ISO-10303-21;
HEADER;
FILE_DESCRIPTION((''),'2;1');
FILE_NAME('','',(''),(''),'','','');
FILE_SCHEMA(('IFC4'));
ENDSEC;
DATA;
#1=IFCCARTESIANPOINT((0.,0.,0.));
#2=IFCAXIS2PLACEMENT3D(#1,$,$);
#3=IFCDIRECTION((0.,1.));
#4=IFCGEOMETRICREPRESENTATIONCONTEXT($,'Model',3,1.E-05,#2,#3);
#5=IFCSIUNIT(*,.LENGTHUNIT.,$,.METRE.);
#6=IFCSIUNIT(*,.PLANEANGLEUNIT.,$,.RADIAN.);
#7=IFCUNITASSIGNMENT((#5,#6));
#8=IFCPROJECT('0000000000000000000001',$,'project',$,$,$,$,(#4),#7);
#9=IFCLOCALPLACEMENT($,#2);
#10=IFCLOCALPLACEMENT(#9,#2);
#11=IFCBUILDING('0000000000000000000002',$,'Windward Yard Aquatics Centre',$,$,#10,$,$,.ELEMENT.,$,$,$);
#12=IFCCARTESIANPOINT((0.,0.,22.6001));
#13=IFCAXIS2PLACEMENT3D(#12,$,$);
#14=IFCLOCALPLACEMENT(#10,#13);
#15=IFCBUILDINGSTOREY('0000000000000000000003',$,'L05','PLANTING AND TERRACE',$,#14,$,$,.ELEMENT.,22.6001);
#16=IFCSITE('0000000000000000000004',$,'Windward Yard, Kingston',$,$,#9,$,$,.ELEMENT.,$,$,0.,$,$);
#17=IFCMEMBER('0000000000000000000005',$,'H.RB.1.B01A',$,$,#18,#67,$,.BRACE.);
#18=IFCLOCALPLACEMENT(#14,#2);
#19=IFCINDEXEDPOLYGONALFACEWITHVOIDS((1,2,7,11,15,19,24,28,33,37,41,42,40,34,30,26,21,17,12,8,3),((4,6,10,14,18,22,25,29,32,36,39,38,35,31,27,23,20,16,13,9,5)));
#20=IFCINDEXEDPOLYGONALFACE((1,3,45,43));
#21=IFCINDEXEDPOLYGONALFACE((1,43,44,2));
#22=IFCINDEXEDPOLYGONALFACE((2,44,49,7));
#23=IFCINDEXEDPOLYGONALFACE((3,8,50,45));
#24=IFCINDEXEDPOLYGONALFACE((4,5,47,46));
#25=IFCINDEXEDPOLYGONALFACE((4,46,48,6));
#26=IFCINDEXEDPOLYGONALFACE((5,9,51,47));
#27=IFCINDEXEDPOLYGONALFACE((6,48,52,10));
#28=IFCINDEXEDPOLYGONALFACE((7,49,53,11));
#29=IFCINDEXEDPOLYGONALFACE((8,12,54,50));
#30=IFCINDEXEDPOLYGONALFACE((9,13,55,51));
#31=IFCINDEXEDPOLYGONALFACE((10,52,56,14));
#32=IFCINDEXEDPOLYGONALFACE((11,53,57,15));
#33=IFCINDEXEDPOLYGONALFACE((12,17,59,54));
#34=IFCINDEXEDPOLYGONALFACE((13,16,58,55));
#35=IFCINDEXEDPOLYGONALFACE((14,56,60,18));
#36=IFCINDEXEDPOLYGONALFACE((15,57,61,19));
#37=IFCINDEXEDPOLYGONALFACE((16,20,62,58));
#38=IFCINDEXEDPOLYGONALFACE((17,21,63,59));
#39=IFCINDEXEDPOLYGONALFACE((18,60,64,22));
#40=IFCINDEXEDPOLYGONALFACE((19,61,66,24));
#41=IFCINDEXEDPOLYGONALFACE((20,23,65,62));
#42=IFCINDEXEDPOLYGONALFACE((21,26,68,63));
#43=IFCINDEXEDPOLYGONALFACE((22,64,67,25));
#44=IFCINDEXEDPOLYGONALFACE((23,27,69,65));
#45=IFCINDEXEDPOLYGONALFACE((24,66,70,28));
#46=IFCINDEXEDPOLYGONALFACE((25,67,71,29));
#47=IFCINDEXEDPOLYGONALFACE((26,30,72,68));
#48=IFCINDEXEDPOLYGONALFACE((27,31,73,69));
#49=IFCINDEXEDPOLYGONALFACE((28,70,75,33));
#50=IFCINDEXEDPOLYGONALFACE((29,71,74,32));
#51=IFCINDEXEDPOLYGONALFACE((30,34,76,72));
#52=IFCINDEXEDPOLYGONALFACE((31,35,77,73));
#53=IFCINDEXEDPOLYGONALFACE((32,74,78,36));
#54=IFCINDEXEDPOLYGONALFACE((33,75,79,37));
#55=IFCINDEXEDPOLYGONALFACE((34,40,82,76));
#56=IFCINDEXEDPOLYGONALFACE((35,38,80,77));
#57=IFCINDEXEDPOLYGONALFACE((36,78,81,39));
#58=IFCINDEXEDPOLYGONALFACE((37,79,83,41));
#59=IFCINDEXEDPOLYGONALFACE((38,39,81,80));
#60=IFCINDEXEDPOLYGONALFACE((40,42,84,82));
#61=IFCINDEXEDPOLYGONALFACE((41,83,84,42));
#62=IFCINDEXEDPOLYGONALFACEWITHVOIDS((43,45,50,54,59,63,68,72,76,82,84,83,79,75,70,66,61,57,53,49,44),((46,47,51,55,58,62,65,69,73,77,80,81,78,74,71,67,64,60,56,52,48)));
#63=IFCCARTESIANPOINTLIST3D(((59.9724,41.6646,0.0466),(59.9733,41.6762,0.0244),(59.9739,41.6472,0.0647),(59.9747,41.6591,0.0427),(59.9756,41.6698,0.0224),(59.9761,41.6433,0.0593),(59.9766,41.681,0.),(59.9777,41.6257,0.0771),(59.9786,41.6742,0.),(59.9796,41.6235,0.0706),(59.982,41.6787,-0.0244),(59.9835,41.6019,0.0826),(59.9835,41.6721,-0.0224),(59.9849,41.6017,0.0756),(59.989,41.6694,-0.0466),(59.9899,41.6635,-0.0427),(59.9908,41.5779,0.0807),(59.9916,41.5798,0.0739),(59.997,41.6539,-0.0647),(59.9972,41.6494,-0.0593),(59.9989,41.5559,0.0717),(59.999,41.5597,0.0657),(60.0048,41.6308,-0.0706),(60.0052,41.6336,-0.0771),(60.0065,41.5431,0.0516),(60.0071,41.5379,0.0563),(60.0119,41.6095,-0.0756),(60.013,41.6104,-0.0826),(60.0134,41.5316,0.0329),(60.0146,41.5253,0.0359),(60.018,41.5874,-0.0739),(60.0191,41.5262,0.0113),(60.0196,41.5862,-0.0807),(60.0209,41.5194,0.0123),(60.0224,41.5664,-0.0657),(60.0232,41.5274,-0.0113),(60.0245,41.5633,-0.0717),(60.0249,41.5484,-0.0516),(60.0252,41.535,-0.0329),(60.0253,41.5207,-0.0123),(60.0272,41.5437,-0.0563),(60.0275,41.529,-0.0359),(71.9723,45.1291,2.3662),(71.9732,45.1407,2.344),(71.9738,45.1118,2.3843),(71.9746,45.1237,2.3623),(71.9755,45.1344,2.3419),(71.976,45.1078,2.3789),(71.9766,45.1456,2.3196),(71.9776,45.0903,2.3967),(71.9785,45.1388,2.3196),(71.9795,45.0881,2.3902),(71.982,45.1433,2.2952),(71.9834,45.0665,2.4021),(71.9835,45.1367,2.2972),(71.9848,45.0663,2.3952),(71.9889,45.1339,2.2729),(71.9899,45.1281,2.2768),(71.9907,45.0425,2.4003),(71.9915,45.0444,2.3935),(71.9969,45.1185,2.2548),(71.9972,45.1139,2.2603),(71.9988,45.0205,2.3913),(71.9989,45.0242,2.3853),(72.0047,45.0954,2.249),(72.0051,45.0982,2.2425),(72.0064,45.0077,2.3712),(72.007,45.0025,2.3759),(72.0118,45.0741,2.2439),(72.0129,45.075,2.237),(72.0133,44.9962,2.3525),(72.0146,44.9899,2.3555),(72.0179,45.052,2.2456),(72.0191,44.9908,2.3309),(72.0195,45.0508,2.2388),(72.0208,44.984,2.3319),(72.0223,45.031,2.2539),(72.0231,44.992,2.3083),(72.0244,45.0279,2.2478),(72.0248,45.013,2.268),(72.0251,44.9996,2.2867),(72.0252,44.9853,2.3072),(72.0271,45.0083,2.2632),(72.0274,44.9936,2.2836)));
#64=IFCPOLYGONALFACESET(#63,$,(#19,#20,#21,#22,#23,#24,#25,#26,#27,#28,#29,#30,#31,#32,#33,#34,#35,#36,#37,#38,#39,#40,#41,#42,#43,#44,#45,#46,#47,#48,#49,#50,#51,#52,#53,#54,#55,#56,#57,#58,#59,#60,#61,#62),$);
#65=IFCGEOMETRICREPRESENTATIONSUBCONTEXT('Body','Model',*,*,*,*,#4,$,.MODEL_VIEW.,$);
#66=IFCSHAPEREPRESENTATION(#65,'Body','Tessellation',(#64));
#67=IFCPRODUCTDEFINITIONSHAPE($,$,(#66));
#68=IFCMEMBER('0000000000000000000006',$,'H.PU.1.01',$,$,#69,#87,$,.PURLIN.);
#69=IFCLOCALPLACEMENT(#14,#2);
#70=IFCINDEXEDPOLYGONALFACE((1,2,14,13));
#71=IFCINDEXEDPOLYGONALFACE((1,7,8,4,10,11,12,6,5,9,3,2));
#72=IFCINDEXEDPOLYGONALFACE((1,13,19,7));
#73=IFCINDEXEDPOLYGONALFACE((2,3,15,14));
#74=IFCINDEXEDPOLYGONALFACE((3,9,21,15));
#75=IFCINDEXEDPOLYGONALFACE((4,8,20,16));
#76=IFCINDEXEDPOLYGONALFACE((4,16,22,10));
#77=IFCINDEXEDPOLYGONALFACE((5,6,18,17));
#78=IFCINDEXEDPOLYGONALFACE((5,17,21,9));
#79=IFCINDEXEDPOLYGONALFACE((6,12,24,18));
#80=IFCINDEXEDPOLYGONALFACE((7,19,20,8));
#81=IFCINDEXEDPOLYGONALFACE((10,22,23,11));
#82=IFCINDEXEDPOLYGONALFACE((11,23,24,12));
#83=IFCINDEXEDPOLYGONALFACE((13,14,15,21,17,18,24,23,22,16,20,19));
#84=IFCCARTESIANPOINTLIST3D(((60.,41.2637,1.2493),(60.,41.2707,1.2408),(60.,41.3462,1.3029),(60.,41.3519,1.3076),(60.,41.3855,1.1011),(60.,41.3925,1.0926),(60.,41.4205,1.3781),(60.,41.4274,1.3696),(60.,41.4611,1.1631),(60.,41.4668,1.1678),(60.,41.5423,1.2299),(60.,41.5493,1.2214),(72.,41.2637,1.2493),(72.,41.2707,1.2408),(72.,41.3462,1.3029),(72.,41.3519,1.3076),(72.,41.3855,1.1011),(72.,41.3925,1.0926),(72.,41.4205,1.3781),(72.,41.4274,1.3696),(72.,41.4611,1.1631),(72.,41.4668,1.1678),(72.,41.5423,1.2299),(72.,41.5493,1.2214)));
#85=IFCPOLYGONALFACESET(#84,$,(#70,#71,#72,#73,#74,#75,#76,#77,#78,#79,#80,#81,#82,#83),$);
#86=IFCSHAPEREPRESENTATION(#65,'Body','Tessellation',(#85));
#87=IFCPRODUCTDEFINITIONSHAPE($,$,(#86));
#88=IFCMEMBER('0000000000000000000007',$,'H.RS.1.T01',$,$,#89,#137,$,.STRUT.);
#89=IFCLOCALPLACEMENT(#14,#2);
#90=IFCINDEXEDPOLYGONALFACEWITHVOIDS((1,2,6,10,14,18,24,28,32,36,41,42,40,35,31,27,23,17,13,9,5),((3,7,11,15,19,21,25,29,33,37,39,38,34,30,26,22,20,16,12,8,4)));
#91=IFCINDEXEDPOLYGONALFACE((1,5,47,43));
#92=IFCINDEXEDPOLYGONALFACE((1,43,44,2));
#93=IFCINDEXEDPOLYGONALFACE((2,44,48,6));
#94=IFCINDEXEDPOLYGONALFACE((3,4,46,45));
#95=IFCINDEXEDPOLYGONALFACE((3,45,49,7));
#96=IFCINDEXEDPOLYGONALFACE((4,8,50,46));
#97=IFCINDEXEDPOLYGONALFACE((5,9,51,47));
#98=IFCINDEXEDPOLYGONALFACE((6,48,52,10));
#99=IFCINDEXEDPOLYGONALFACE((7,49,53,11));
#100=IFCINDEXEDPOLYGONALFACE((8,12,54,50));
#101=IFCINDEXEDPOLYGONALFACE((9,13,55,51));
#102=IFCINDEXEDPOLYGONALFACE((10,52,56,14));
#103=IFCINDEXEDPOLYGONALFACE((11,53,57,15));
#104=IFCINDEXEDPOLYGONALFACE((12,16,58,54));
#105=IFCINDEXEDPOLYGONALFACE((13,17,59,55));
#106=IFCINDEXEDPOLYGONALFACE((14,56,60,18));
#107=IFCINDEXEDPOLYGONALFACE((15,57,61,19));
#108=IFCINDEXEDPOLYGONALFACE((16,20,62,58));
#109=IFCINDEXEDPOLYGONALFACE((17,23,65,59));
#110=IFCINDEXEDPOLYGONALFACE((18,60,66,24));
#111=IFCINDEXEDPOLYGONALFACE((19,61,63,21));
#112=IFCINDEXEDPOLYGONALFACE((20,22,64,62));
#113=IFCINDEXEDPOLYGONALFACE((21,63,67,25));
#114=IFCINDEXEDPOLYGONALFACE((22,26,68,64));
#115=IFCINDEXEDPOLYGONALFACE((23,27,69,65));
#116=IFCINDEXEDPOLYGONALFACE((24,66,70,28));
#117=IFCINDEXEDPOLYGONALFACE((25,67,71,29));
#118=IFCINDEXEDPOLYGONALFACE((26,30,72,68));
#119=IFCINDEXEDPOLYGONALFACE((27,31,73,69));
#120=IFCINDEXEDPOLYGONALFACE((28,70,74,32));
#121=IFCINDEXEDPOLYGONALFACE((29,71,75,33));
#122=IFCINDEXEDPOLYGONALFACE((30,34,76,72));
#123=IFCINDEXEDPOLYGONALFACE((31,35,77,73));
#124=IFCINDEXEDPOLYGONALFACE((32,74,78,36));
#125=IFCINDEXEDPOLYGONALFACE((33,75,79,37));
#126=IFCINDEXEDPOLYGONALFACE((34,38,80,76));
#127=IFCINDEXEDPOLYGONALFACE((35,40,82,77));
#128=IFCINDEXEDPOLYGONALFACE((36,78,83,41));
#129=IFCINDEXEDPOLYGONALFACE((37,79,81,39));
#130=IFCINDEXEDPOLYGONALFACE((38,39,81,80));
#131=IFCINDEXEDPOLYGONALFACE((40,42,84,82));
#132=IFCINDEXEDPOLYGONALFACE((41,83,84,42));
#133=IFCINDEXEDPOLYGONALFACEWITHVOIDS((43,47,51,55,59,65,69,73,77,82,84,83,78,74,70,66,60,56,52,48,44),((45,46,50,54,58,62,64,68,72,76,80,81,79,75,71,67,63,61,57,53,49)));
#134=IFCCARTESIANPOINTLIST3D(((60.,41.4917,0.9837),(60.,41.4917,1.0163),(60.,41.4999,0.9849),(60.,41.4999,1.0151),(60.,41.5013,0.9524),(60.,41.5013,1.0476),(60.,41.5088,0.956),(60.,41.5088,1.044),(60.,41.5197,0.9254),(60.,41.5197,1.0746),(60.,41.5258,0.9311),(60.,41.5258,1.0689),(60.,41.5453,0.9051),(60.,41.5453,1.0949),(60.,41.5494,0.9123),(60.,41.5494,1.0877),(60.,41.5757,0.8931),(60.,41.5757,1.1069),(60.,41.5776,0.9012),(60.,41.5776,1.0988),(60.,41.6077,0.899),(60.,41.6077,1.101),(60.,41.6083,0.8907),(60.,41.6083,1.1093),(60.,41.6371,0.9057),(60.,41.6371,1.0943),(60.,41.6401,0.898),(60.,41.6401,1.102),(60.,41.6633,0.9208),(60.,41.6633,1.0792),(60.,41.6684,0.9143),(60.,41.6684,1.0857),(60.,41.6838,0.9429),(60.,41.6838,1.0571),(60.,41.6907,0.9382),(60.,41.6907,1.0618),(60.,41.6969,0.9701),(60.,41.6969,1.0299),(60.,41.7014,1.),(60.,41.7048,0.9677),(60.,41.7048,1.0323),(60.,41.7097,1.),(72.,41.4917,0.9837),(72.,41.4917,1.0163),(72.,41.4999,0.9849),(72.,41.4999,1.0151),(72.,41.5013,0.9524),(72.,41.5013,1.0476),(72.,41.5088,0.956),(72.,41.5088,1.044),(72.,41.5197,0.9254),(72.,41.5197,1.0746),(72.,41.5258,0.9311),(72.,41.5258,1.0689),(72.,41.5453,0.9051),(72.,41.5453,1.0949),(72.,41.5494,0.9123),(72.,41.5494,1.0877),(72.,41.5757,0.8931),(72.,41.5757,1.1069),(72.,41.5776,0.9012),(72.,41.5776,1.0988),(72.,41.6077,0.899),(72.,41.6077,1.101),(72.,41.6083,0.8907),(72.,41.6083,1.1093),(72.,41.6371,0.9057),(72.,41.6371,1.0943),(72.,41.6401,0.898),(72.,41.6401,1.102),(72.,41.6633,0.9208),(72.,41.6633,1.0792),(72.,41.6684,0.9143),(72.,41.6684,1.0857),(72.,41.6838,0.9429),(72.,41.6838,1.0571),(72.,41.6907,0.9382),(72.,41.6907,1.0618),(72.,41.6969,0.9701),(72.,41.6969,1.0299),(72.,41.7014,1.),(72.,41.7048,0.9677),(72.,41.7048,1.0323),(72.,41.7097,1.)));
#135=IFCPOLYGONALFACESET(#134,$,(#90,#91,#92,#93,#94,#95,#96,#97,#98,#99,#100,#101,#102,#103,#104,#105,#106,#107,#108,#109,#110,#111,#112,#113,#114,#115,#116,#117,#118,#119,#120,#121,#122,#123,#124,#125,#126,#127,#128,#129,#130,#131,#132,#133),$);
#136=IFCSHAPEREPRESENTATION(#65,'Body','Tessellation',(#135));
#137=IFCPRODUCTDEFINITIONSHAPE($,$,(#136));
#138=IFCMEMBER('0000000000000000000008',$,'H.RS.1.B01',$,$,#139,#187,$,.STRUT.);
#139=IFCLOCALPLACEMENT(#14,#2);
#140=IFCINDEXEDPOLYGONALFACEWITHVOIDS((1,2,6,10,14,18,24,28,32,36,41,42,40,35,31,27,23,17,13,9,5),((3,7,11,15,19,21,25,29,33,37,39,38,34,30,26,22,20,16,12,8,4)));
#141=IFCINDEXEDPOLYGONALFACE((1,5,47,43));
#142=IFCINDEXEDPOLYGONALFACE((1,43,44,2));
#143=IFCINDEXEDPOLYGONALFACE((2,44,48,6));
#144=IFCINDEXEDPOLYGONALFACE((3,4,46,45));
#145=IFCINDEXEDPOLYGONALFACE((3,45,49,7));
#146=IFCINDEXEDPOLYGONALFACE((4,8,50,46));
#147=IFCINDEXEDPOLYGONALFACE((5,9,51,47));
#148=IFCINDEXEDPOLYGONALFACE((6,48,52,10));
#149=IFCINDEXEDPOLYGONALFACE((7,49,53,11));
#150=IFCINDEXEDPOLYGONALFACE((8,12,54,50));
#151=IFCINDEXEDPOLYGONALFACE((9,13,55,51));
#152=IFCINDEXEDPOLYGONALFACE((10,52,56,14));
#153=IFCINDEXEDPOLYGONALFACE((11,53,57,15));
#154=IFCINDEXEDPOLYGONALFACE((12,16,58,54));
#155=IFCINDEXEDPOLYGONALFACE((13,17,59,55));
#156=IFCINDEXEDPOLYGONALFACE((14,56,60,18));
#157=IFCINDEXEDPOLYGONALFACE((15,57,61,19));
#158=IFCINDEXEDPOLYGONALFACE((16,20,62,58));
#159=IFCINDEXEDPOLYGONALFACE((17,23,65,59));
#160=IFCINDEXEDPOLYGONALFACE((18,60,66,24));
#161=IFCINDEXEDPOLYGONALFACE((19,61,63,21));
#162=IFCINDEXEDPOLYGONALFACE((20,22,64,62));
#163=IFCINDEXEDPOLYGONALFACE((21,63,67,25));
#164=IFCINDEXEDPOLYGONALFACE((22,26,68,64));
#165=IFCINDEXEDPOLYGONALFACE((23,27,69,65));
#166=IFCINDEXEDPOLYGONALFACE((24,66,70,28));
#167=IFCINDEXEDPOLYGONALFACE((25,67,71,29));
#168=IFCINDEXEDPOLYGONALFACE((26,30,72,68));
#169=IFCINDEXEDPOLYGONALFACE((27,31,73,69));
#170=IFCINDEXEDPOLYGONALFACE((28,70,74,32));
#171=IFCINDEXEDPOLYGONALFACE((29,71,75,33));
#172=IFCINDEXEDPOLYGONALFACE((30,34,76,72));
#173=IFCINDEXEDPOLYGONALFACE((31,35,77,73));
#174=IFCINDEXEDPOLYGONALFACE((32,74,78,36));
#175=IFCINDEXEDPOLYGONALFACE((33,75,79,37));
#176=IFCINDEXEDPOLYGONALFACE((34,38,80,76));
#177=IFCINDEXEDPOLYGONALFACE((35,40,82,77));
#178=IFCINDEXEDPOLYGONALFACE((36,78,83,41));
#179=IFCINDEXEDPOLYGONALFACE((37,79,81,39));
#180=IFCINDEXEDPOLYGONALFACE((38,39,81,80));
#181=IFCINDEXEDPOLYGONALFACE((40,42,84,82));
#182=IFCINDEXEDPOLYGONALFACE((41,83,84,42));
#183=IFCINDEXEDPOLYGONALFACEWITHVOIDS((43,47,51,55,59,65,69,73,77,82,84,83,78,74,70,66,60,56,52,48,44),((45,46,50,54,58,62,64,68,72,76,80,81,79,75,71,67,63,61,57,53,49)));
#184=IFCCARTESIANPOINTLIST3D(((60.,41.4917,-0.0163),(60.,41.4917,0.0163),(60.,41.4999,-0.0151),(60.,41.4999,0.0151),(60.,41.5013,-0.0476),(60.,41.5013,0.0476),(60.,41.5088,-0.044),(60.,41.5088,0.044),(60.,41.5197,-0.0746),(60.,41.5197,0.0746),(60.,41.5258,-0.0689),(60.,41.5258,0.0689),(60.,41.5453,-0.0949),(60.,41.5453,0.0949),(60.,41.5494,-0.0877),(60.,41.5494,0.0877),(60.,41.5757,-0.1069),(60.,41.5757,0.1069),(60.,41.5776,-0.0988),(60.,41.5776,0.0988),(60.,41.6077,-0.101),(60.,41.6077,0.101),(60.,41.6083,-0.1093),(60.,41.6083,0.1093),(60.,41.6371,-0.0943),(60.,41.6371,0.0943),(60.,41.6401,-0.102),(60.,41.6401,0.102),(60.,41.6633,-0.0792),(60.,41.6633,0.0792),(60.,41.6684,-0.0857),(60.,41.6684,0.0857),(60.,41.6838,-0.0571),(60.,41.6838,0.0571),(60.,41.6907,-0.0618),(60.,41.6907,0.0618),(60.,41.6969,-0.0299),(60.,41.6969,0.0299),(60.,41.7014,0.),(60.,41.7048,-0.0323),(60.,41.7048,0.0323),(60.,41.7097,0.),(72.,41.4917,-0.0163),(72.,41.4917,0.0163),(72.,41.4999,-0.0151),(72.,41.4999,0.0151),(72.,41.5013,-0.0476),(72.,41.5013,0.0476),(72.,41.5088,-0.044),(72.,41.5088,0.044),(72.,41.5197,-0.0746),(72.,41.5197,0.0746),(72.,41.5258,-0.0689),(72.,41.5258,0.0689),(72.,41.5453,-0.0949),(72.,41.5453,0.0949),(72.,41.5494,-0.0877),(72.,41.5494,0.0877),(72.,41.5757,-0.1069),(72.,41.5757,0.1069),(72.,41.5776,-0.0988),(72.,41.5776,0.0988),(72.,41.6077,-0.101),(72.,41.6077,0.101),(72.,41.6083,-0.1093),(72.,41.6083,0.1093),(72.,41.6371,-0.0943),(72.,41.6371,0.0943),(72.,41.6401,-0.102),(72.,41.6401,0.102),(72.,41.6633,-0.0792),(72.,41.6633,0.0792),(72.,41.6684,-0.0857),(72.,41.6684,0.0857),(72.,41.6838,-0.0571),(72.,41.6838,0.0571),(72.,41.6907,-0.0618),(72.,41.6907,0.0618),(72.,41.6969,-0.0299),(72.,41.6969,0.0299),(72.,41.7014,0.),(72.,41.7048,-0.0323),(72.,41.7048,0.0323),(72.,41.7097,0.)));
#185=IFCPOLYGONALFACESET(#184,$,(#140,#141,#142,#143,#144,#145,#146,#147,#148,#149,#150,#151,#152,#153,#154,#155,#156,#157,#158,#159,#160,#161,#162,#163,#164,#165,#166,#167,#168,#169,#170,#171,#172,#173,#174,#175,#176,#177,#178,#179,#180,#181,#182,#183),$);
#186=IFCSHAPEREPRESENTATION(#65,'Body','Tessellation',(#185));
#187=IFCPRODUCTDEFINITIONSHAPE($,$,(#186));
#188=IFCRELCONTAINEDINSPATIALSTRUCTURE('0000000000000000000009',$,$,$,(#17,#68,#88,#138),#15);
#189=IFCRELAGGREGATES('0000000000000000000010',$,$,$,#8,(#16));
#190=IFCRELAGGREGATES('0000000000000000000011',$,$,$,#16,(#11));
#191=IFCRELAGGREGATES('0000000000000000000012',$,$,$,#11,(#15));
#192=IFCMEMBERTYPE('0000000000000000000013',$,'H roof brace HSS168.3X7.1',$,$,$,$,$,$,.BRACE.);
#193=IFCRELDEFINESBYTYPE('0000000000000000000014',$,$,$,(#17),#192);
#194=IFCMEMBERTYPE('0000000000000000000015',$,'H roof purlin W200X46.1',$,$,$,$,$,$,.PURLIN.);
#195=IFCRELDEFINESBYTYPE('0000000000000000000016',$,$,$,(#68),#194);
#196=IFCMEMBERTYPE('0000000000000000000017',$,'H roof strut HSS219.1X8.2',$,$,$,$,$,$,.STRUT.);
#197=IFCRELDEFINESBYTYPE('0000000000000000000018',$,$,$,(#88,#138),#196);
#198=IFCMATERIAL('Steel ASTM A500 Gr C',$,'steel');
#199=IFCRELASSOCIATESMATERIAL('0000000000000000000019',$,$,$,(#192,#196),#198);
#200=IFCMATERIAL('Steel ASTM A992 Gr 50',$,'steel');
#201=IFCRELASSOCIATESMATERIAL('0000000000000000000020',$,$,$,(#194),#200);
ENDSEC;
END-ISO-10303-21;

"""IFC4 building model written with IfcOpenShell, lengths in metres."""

from ifc_helpers import new_model, si_unit, direction, frame, origin, origin_2d, place, context, subcontext, project, spatial, hollow_circle, i_section, extrude, material, material_profile, profile_set, type_object, element, save


model = new_model("IFC4")

# Units and contexts
model_context = context("Model", 3, precision=1e-05, world=origin(), true_north=direction((0.0, 1.0)))
body_context = subcontext(model_context, "Body", "Model", "MODEL_VIEW")
ifc_project = project(units=[si_unit("LENGTHUNIT", "METRE"), si_unit("PLANEANGLEUNIT", "RADIAN")], contexts=[model_context])

# Site, building, storey
site_placement = place(None, origin())
site = spatial("IfcSite", under=ifc_project, at=site_placement, Name="Windward Yard, Kingston", CompositionType="ELEMENT", RefElevation=0.0)
building_placement = place(site_placement, origin())
building = spatial("IfcBuilding", under=site, at=building_placement, Name="Windward Yard Aquatics Centre", CompositionType="ELEMENT")
storey_placement = place(building_placement, frame((0.0, 0.0, 22.6001)))
storey = spatial("IfcBuildingStorey", under=building, at=storey_placement, Name="L05", Description="PLANTING AND TERRACE", CompositionType="ELEMENT", Elevation=22.6001)

# Shared definitions
ifc_material_1 = material(Name="Steel ASTM A500 Gr C", Category="steel")

# Shared definitions
ifc_material_2 = material(Name="Steel ASTM A992 Gr 50", Category="steel")

# Members
ifc_material_profile_1 = material_profile(ifc_material_1, hollow_circle(Radius=0.0842, WallThickness=0.0071, at=origin_2d()), Name="HSS168.3X7.1")
ifc_profile_set_1 = profile_set([ifc_material_profile_1], Name="Steel ASTM A500 Gr C")
member_type_1 = type_object("IfcMemberType", Name="H roof brace HSS168.3X7.1", PredefinedType="BRACE", material=ifc_profile_set_1)
member_1_placement = place(storey_placement, frame((60.0, 41.6001, 0.0), z_axis=(0.944607, 0.272724, 0.182591), x_axis=(-0.277387, 0.960758, 0.0)))
element("IfcMember", 1, at=member_1_placement, inside=storey, type_object=member_type_1, Name="H.RB.1.B01A", PredefinedType="BRACE", context=body_context, shape_type="SweptSolid", body=[
    extrude(hollow_circle(Radius=0.0842, WallThickness=0.0071, at=origin_2d()), origin(), (0.0, 0.0, 1.0), 12.7036),
])
ifc_material_profile_2 = material_profile(ifc_material_2, i_section(OverallWidth=0.2029, OverallDepth=0.2029, WebThickness=0.0073, FlangeThickness=0.011, at=origin_2d()), Name="W200X46.1")
ifc_profile_set_2 = profile_set([ifc_material_profile_2], Name="Steel ASTM A992 Gr 50")
member_type_2 = type_object("IfcMemberType", Name="H roof purlin W200X46.1", PredefinedType="PURLIN", material=ifc_profile_set_2)
member_2_placement = place(storey_placement, frame((60.0, 41.4065, 1.2354), z_axis=(1.0, 0.0, 0.0), x_axis=(0.0, 0.772611, 0.63488)))
element("IfcMember", 2, at=member_2_placement, inside=storey, type_object=member_type_2, Name="H.PU.1.01", PredefinedType="PURLIN", context=body_context, shape_type="SweptSolid", body=[
    extrude(i_section(OverallWidth=0.2029, OverallDepth=0.2029, WebThickness=0.0073, FlangeThickness=0.011, at=origin_2d()), origin(), (0.0, 0.0, 1.0), 12.0),
])
ifc_material_profile_3 = material_profile(ifc_material_1, hollow_circle(Radius=0.1096, WallThickness=0.0083, at=origin_2d()), Name="HSS219.1X8.2")
ifc_profile_set_3 = profile_set([ifc_material_profile_3], Name="Steel ASTM A500 Gr C")
member_type_3 = type_object("IfcMemberType", Name="H roof strut HSS219.1X8.2", PredefinedType="STRUT", material=ifc_profile_set_3)
for number, where, z_axis, x_axis, name in (
    (3, (60.0, 41.6001, 1.0), (1.0, 0.0, 0.0), (0.0, 1.0, 0.0), "H.RS.1.T01"),
    (4, (60.0, 41.6001, 0.0), (1.0, 0.0, 0.0), (0.0, 1.0, 0.0), "H.RS.1.B01"),
):
    element("IfcMember", number, at=place(storey_placement, frame(where, z_axis=z_axis, x_axis=x_axis)), inside=storey, type_object=member_type_3, Name=name, PredefinedType="STRUT", context=body_context, shape_type="SweptSolid", body=[
        extrude(hollow_circle(Radius=0.1096, WallThickness=0.0083, at=origin_2d()), origin(), (0.0, 0.0, 1.0), 12.0),
    ])

save(model, "model.ifc")
